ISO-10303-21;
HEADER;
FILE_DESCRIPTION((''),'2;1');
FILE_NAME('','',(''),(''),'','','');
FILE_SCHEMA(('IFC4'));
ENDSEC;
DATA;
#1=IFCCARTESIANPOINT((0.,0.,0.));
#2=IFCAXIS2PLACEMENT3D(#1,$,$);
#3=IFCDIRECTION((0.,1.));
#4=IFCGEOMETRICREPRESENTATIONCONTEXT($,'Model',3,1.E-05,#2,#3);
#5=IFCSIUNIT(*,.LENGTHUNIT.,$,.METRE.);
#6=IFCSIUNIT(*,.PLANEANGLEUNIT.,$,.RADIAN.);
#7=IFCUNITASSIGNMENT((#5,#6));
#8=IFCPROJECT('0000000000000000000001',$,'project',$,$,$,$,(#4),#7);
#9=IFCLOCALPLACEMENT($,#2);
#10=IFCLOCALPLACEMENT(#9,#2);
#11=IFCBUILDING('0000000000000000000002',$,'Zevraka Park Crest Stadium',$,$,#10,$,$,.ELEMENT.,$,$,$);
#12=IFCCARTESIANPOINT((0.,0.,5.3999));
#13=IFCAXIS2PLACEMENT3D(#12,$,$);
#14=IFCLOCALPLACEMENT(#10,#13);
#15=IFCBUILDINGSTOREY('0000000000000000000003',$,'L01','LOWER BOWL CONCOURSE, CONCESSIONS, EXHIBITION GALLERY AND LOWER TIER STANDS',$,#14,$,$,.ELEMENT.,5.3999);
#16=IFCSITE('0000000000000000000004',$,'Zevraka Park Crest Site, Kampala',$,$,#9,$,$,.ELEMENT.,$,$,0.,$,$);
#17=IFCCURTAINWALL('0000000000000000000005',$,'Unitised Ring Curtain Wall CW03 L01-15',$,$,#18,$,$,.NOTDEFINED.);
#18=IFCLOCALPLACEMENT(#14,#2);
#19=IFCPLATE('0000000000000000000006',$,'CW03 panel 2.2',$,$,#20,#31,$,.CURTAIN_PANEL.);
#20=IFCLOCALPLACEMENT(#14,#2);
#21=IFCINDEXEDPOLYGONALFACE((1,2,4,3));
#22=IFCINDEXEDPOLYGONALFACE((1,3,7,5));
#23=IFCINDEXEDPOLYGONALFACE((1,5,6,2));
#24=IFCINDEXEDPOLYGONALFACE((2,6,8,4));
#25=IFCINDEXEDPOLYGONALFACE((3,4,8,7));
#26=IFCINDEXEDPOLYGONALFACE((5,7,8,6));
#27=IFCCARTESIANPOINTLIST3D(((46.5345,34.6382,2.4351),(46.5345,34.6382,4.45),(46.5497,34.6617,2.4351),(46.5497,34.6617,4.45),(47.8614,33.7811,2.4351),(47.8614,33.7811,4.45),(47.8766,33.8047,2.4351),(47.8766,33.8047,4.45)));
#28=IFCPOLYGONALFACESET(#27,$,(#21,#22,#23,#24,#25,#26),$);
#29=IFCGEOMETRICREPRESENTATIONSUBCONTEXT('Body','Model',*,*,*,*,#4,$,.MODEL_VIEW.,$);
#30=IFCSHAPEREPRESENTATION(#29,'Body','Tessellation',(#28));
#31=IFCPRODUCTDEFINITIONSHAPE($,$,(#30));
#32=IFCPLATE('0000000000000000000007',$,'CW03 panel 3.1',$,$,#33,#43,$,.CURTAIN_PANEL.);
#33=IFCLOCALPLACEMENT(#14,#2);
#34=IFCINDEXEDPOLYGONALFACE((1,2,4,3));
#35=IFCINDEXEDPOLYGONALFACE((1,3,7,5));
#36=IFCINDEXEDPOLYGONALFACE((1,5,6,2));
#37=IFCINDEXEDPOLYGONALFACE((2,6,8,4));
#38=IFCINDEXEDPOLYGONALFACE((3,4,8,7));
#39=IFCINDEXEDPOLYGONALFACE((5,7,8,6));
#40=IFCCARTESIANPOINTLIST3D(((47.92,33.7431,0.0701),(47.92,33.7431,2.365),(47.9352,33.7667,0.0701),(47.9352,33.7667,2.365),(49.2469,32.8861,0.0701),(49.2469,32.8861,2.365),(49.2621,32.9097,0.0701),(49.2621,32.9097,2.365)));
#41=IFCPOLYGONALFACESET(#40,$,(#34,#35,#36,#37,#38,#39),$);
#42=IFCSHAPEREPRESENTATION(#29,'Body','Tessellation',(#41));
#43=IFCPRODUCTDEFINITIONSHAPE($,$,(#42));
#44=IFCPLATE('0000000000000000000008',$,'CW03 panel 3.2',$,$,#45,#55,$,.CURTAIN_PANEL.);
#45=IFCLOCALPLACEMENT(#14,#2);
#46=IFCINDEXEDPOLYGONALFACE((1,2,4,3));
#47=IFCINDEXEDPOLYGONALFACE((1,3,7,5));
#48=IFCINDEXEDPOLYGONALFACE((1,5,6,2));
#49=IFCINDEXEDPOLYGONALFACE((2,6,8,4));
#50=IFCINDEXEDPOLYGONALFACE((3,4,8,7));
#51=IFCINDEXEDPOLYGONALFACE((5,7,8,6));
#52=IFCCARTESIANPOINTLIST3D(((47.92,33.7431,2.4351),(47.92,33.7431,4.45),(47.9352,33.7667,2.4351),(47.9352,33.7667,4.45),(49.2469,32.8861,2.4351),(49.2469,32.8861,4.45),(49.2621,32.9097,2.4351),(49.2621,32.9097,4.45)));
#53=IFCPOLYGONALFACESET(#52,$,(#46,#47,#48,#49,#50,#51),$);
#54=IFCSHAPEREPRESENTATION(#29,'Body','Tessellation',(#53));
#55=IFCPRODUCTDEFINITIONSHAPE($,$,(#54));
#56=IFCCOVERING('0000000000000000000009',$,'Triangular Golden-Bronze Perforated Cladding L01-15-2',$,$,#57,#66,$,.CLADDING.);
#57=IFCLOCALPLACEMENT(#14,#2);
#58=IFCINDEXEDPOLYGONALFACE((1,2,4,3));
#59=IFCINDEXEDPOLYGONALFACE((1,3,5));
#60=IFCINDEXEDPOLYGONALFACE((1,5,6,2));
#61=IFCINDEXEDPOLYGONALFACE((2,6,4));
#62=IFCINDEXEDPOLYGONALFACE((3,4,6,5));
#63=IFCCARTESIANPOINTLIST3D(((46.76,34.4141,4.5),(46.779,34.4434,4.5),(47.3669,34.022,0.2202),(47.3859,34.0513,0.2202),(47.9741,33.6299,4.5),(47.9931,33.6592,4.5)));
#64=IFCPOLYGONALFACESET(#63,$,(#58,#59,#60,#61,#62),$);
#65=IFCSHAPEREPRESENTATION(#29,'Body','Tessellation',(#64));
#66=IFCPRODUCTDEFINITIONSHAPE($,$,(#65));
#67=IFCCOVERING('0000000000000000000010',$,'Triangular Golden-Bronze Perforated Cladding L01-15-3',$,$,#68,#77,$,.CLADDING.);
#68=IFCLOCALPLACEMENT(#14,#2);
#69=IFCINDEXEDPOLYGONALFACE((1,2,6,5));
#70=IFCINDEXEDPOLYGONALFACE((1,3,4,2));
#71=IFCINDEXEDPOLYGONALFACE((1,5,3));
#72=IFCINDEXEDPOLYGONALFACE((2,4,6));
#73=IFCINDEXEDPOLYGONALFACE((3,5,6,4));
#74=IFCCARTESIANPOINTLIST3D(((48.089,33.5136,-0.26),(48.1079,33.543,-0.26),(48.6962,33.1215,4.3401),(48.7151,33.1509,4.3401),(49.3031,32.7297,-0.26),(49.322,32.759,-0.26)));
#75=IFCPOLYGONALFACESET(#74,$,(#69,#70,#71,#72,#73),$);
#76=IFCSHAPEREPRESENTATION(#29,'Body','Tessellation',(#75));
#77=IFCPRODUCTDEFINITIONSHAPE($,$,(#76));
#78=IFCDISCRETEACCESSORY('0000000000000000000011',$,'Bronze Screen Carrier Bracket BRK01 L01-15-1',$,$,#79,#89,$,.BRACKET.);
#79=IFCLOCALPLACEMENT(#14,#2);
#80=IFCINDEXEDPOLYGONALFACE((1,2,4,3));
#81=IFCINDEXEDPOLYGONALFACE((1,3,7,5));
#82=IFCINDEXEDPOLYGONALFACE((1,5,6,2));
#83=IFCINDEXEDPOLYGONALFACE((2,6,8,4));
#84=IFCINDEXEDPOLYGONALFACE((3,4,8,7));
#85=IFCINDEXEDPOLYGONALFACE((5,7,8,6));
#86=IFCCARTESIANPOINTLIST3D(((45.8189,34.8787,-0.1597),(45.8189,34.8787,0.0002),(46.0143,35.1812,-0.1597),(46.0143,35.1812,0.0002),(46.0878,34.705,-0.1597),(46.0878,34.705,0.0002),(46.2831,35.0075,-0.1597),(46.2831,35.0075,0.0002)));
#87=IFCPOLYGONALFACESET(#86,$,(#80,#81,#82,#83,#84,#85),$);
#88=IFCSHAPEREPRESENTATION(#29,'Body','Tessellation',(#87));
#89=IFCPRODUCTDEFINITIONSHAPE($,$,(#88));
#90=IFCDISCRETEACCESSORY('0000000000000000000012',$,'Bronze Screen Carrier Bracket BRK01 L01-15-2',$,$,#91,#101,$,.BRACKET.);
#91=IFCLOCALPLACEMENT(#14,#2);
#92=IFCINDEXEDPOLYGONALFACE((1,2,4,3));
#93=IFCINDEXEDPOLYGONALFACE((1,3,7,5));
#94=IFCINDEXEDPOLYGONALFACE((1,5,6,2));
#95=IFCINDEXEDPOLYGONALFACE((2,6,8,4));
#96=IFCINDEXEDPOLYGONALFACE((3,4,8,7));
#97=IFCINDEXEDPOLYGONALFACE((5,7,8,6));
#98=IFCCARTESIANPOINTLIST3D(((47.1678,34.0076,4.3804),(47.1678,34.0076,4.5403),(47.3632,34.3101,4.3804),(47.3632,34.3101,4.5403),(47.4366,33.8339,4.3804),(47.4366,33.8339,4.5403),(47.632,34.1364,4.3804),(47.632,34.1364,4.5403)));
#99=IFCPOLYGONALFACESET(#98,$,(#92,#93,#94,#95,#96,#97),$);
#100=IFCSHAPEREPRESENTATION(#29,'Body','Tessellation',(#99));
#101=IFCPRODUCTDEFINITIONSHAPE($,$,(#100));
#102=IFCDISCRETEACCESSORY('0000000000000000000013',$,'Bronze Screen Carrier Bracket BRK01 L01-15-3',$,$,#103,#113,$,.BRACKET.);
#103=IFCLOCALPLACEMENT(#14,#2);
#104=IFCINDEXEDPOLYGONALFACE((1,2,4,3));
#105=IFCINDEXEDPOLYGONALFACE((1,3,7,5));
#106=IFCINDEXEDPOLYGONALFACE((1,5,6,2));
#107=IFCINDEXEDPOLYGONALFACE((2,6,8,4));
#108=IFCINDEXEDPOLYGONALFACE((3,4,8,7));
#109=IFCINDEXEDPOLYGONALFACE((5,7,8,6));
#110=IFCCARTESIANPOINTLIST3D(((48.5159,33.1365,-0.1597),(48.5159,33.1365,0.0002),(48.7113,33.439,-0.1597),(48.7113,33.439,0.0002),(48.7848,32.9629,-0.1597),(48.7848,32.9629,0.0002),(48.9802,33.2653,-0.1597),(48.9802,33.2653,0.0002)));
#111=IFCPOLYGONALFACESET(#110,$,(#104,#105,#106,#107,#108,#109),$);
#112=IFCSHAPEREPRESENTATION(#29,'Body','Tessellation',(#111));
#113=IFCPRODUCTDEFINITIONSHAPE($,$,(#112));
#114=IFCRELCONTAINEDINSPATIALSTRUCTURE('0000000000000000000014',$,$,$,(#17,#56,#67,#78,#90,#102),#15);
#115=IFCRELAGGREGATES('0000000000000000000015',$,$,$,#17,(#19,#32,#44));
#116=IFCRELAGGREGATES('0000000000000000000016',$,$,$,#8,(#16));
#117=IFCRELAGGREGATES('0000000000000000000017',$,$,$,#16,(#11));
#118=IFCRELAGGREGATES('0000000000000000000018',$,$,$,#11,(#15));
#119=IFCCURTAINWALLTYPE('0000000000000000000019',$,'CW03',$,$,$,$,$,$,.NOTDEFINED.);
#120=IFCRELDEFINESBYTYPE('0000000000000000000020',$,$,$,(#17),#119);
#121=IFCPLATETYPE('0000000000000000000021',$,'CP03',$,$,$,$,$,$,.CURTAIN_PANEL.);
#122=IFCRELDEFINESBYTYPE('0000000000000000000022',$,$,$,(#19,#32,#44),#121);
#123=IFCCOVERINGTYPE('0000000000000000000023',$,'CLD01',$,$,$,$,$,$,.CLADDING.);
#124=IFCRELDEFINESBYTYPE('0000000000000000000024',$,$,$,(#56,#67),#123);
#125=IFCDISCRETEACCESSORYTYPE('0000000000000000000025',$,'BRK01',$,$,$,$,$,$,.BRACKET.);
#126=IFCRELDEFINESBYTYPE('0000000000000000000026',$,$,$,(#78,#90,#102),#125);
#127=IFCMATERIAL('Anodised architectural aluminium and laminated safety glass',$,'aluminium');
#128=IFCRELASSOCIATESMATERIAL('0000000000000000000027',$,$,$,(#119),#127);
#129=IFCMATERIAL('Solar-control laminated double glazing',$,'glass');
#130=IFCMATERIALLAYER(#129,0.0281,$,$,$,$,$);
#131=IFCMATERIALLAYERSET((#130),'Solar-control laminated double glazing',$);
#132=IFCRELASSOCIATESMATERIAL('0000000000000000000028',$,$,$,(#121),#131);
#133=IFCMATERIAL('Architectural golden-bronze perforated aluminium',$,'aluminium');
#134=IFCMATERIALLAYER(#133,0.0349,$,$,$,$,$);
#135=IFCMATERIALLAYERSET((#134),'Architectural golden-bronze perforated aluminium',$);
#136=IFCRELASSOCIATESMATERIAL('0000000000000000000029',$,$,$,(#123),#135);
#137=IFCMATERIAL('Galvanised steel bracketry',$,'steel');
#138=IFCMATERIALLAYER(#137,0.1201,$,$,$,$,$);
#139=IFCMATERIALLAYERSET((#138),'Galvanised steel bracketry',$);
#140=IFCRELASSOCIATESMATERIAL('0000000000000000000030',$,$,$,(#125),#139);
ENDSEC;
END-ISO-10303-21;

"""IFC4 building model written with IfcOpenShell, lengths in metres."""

from ifc_helpers import new_model, si_unit, direction, frame, origin, origin_2d, place, context, subcontext, project, spatial, polyline, rectangle, outline, extrude, material, layer, layer_set, type_object, element, aggregate, save


model = new_model("IFC4")

# Units and contexts
model_context = context("Model", 3, precision=1e-05, world=origin(), true_north=direction((0.0, 1.0)))
body_context = subcontext(model_context, "Body", "Model", "MODEL_VIEW")
ifc_project = project(units=[si_unit("LENGTHUNIT", "METRE"), si_unit("PLANEANGLEUNIT", "RADIAN")], contexts=[model_context])

# Site, building, storey
site_placement = place(None, origin())
site = spatial("IfcSite", under=ifc_project, at=site_placement, Name="Zevraka Park Crest Site, Kampala", CompositionType="ELEMENT", RefElevation=0.0)
building_placement = place(site_placement, origin())
building = spatial("IfcBuilding", under=site, at=building_placement, Name="Zevraka Park Crest Stadium", CompositionType="ELEMENT")
storey_placement = place(building_placement, frame((0.0, 0.0, 5.3999)))
storey = spatial("IfcBuildingStorey", under=building, at=storey_placement, Name="L01", Description="LOWER BOWL CONCOURSE, CONCESSIONS, EXHIBITION GALLERY AND LOWER TIER STANDS", CompositionType="ELEMENT", Elevation=5.3999)

# Curtain wall, plates
ifc_material_1 = material(Name="Anodised architectural aluminium and laminated safety glass", Category="aluminium")
curtain_wall_type = type_object("IfcCurtainWallType", Name="CW03", PredefinedType="NOTDEFINED", material=ifc_material_1)
curtain_wall_placement = place(storey_placement, origin())
curtain_wall = element("IfcCurtainWall", 1, at=curtain_wall_placement, inside=storey, type_object=curtain_wall_type, Name="Unitised Ring Curtain Wall CW03 L01-15", PredefinedType="NOTDEFINED")
ifc_material_2 = material(Name="Solar-control laminated double glazing", Category="glass")
ifc_layer_1 = layer(ifc_material_2, 0.0281)
ifc_layer_set_1 = layer_set([ifc_layer_1], Name="Solar-control laminated double glazing")
plate_type = type_object("IfcPlateType", Name="CP03", PredefinedType="CURTAIN_PANEL", material=ifc_layer_set_1)
plate_1_placement = place(storey_placement, frame((47.2056, 34.2214, 2.4351), z_axis=(0.0, 0.0, 1.0), x_axis=(0.84001, -0.542571, 0.0)))
plate_1 = element("IfcPlate", 2, at=plate_1_placement, type_object=plate_type, Name="CW03 panel 2.2", PredefinedType="CURTAIN_PANEL", context=body_context, shape_type="SweptSolid", body=[
    extrude(rectangle(XDim=1.5796, YDim=0.0281, at=origin_2d()), origin(), (0.0, 0.0, 1.0), 2.0149),
])
plate_2_placement = place(storey_placement, frame((48.5911, 33.3264, 0.0701), z_axis=(0.0, 0.0, 1.0), x_axis=(0.84001, -0.542571, 0.0)))
plate_2 = element("IfcPlate", 3, at=plate_2_placement, type_object=plate_type, Name="CW03 panel 3.1", PredefinedType="CURTAIN_PANEL", context=body_context, shape_type="SweptSolid", body=[
    extrude(rectangle(XDim=1.5796, YDim=0.0281, at=origin_2d()), origin(), (0.0, 0.0, 1.0), 2.2949),
])
plate_3_placement = place(storey_placement, frame((48.5911, 33.3264, 2.4351), z_axis=(0.0, 0.0, 1.0), x_axis=(0.84001, -0.542571, 0.0)))
plate_3 = element("IfcPlate", 4, at=plate_3_placement, type_object=plate_type, Name="CW03 panel 3.2", PredefinedType="CURTAIN_PANEL", context=body_context, shape_type="SweptSolid", body=[
    extrude(rectangle(XDim=1.5796, YDim=0.0281, at=origin_2d()), origin(), (0.0, 0.0, 1.0), 2.0149),
])
aggregate(curtain_wall, [plate_1, plate_2, plate_3])

# Coverings
ifc_material_3 = material(Name="Architectural golden-bronze perforated aluminium", Category="aluminium")
ifc_layer_2 = layer(ifc_material_3, 0.0349)
ifc_layer_set_2 = layer_set([ifc_layer_2], Name="Architectural golden-bronze perforated aluminium")
covering_type = type_object("IfcCoveringType", Name="CLD01", PredefinedType="CLADDING", material=ifc_layer_set_2)
covering_1_placement = place(storey_placement, frame((47.9741, 33.6299, 4.5), z_axis=(-0.542558, -0.840019, 0.000015), x_axis=(-0.840019, 0.542558, 0.0)))
element("IfcCovering", 5, at=covering_1_placement, inside=storey, type_object=covering_type, Name="Triangular Golden-Bronze Perforated Cladding L01-15-2", PredefinedType="CLADDING", context=body_context, shape_type="SweptSolid", body=[
    extrude(outline(polyline([(0.0, 0.0), (1.4453, 0.0), (0.7228, 4.2798), (0.0, 0.0)])), origin(), (0.0, 0.0, -1.0), 0.0349),
])
covering_2_placement = place(storey_placement, frame((48.1079, 33.543, -0.26), z_axis=(0.542439, 0.840096, 0.000008), x_axis=(0.840096, -0.542439, 0.0)))
element("IfcCovering", 6, at=covering_2_placement, inside=storey, type_object=covering_type, Name="Triangular Golden-Bronze Perforated Cladding L01-15-3", PredefinedType="CLADDING", context=body_context, shape_type="SweptSolid", body=[
    extrude(outline(polyline([(0.0, 0.0), (1.4452, 0.0), (0.7228, -4.6001), (0.0, 0.0)])), origin(), (0.0, 0.0, -1.0), 0.0349),
])

# Discrete accessories
ifc_material_4 = material(Name="Galvanised steel bracketry", Category="steel")
ifc_layer_3 = layer(ifc_material_4, 0.1201)
ifc_layer_set_3 = layer_set([ifc_layer_3], Name="Galvanised steel bracketry")
discrete_accessory_type = type_object("IfcDiscreteAccessoryType", Name="BRK01", PredefinedType="BRACKET", material=ifc_layer_set_3)
for number, where, z_axis, x_axis, name in (
    (7, (46.051, 34.9431, -0.1597), (0.0, 0.0, 1.0), (0.839999, -0.542588, 0.0), "Bronze Screen Carrier Bracket BRK01 L01-15-1"),
    (8, (47.3999, 34.072, 4.3804), (0.0, 0.0, 1.0), (0.839999, -0.542588, 0.0), "Bronze Screen Carrier Bracket BRK01 L01-15-2"),
    (9, (48.748, 33.2009, -0.1597), (0.0, 0.0, 1.0), (0.839999, -0.542588, 0.0), "Bronze Screen Carrier Bracket BRK01 L01-15-3"),
):
    element("IfcDiscreteAccessory", number, at=place(storey_placement, frame(where, z_axis=z_axis, x_axis=x_axis)), inside=storey, type_object=discrete_accessory_type, Name=name, PredefinedType="BRACKET", context=body_context, shape_type="SweptSolid", body=[
        extrude(rectangle(XDim=0.3201, YDim=0.3601, at=origin_2d()), origin(), (0.0, 0.0, 1.0), 0.1599),
    ])

save(model, "model.ifc")
